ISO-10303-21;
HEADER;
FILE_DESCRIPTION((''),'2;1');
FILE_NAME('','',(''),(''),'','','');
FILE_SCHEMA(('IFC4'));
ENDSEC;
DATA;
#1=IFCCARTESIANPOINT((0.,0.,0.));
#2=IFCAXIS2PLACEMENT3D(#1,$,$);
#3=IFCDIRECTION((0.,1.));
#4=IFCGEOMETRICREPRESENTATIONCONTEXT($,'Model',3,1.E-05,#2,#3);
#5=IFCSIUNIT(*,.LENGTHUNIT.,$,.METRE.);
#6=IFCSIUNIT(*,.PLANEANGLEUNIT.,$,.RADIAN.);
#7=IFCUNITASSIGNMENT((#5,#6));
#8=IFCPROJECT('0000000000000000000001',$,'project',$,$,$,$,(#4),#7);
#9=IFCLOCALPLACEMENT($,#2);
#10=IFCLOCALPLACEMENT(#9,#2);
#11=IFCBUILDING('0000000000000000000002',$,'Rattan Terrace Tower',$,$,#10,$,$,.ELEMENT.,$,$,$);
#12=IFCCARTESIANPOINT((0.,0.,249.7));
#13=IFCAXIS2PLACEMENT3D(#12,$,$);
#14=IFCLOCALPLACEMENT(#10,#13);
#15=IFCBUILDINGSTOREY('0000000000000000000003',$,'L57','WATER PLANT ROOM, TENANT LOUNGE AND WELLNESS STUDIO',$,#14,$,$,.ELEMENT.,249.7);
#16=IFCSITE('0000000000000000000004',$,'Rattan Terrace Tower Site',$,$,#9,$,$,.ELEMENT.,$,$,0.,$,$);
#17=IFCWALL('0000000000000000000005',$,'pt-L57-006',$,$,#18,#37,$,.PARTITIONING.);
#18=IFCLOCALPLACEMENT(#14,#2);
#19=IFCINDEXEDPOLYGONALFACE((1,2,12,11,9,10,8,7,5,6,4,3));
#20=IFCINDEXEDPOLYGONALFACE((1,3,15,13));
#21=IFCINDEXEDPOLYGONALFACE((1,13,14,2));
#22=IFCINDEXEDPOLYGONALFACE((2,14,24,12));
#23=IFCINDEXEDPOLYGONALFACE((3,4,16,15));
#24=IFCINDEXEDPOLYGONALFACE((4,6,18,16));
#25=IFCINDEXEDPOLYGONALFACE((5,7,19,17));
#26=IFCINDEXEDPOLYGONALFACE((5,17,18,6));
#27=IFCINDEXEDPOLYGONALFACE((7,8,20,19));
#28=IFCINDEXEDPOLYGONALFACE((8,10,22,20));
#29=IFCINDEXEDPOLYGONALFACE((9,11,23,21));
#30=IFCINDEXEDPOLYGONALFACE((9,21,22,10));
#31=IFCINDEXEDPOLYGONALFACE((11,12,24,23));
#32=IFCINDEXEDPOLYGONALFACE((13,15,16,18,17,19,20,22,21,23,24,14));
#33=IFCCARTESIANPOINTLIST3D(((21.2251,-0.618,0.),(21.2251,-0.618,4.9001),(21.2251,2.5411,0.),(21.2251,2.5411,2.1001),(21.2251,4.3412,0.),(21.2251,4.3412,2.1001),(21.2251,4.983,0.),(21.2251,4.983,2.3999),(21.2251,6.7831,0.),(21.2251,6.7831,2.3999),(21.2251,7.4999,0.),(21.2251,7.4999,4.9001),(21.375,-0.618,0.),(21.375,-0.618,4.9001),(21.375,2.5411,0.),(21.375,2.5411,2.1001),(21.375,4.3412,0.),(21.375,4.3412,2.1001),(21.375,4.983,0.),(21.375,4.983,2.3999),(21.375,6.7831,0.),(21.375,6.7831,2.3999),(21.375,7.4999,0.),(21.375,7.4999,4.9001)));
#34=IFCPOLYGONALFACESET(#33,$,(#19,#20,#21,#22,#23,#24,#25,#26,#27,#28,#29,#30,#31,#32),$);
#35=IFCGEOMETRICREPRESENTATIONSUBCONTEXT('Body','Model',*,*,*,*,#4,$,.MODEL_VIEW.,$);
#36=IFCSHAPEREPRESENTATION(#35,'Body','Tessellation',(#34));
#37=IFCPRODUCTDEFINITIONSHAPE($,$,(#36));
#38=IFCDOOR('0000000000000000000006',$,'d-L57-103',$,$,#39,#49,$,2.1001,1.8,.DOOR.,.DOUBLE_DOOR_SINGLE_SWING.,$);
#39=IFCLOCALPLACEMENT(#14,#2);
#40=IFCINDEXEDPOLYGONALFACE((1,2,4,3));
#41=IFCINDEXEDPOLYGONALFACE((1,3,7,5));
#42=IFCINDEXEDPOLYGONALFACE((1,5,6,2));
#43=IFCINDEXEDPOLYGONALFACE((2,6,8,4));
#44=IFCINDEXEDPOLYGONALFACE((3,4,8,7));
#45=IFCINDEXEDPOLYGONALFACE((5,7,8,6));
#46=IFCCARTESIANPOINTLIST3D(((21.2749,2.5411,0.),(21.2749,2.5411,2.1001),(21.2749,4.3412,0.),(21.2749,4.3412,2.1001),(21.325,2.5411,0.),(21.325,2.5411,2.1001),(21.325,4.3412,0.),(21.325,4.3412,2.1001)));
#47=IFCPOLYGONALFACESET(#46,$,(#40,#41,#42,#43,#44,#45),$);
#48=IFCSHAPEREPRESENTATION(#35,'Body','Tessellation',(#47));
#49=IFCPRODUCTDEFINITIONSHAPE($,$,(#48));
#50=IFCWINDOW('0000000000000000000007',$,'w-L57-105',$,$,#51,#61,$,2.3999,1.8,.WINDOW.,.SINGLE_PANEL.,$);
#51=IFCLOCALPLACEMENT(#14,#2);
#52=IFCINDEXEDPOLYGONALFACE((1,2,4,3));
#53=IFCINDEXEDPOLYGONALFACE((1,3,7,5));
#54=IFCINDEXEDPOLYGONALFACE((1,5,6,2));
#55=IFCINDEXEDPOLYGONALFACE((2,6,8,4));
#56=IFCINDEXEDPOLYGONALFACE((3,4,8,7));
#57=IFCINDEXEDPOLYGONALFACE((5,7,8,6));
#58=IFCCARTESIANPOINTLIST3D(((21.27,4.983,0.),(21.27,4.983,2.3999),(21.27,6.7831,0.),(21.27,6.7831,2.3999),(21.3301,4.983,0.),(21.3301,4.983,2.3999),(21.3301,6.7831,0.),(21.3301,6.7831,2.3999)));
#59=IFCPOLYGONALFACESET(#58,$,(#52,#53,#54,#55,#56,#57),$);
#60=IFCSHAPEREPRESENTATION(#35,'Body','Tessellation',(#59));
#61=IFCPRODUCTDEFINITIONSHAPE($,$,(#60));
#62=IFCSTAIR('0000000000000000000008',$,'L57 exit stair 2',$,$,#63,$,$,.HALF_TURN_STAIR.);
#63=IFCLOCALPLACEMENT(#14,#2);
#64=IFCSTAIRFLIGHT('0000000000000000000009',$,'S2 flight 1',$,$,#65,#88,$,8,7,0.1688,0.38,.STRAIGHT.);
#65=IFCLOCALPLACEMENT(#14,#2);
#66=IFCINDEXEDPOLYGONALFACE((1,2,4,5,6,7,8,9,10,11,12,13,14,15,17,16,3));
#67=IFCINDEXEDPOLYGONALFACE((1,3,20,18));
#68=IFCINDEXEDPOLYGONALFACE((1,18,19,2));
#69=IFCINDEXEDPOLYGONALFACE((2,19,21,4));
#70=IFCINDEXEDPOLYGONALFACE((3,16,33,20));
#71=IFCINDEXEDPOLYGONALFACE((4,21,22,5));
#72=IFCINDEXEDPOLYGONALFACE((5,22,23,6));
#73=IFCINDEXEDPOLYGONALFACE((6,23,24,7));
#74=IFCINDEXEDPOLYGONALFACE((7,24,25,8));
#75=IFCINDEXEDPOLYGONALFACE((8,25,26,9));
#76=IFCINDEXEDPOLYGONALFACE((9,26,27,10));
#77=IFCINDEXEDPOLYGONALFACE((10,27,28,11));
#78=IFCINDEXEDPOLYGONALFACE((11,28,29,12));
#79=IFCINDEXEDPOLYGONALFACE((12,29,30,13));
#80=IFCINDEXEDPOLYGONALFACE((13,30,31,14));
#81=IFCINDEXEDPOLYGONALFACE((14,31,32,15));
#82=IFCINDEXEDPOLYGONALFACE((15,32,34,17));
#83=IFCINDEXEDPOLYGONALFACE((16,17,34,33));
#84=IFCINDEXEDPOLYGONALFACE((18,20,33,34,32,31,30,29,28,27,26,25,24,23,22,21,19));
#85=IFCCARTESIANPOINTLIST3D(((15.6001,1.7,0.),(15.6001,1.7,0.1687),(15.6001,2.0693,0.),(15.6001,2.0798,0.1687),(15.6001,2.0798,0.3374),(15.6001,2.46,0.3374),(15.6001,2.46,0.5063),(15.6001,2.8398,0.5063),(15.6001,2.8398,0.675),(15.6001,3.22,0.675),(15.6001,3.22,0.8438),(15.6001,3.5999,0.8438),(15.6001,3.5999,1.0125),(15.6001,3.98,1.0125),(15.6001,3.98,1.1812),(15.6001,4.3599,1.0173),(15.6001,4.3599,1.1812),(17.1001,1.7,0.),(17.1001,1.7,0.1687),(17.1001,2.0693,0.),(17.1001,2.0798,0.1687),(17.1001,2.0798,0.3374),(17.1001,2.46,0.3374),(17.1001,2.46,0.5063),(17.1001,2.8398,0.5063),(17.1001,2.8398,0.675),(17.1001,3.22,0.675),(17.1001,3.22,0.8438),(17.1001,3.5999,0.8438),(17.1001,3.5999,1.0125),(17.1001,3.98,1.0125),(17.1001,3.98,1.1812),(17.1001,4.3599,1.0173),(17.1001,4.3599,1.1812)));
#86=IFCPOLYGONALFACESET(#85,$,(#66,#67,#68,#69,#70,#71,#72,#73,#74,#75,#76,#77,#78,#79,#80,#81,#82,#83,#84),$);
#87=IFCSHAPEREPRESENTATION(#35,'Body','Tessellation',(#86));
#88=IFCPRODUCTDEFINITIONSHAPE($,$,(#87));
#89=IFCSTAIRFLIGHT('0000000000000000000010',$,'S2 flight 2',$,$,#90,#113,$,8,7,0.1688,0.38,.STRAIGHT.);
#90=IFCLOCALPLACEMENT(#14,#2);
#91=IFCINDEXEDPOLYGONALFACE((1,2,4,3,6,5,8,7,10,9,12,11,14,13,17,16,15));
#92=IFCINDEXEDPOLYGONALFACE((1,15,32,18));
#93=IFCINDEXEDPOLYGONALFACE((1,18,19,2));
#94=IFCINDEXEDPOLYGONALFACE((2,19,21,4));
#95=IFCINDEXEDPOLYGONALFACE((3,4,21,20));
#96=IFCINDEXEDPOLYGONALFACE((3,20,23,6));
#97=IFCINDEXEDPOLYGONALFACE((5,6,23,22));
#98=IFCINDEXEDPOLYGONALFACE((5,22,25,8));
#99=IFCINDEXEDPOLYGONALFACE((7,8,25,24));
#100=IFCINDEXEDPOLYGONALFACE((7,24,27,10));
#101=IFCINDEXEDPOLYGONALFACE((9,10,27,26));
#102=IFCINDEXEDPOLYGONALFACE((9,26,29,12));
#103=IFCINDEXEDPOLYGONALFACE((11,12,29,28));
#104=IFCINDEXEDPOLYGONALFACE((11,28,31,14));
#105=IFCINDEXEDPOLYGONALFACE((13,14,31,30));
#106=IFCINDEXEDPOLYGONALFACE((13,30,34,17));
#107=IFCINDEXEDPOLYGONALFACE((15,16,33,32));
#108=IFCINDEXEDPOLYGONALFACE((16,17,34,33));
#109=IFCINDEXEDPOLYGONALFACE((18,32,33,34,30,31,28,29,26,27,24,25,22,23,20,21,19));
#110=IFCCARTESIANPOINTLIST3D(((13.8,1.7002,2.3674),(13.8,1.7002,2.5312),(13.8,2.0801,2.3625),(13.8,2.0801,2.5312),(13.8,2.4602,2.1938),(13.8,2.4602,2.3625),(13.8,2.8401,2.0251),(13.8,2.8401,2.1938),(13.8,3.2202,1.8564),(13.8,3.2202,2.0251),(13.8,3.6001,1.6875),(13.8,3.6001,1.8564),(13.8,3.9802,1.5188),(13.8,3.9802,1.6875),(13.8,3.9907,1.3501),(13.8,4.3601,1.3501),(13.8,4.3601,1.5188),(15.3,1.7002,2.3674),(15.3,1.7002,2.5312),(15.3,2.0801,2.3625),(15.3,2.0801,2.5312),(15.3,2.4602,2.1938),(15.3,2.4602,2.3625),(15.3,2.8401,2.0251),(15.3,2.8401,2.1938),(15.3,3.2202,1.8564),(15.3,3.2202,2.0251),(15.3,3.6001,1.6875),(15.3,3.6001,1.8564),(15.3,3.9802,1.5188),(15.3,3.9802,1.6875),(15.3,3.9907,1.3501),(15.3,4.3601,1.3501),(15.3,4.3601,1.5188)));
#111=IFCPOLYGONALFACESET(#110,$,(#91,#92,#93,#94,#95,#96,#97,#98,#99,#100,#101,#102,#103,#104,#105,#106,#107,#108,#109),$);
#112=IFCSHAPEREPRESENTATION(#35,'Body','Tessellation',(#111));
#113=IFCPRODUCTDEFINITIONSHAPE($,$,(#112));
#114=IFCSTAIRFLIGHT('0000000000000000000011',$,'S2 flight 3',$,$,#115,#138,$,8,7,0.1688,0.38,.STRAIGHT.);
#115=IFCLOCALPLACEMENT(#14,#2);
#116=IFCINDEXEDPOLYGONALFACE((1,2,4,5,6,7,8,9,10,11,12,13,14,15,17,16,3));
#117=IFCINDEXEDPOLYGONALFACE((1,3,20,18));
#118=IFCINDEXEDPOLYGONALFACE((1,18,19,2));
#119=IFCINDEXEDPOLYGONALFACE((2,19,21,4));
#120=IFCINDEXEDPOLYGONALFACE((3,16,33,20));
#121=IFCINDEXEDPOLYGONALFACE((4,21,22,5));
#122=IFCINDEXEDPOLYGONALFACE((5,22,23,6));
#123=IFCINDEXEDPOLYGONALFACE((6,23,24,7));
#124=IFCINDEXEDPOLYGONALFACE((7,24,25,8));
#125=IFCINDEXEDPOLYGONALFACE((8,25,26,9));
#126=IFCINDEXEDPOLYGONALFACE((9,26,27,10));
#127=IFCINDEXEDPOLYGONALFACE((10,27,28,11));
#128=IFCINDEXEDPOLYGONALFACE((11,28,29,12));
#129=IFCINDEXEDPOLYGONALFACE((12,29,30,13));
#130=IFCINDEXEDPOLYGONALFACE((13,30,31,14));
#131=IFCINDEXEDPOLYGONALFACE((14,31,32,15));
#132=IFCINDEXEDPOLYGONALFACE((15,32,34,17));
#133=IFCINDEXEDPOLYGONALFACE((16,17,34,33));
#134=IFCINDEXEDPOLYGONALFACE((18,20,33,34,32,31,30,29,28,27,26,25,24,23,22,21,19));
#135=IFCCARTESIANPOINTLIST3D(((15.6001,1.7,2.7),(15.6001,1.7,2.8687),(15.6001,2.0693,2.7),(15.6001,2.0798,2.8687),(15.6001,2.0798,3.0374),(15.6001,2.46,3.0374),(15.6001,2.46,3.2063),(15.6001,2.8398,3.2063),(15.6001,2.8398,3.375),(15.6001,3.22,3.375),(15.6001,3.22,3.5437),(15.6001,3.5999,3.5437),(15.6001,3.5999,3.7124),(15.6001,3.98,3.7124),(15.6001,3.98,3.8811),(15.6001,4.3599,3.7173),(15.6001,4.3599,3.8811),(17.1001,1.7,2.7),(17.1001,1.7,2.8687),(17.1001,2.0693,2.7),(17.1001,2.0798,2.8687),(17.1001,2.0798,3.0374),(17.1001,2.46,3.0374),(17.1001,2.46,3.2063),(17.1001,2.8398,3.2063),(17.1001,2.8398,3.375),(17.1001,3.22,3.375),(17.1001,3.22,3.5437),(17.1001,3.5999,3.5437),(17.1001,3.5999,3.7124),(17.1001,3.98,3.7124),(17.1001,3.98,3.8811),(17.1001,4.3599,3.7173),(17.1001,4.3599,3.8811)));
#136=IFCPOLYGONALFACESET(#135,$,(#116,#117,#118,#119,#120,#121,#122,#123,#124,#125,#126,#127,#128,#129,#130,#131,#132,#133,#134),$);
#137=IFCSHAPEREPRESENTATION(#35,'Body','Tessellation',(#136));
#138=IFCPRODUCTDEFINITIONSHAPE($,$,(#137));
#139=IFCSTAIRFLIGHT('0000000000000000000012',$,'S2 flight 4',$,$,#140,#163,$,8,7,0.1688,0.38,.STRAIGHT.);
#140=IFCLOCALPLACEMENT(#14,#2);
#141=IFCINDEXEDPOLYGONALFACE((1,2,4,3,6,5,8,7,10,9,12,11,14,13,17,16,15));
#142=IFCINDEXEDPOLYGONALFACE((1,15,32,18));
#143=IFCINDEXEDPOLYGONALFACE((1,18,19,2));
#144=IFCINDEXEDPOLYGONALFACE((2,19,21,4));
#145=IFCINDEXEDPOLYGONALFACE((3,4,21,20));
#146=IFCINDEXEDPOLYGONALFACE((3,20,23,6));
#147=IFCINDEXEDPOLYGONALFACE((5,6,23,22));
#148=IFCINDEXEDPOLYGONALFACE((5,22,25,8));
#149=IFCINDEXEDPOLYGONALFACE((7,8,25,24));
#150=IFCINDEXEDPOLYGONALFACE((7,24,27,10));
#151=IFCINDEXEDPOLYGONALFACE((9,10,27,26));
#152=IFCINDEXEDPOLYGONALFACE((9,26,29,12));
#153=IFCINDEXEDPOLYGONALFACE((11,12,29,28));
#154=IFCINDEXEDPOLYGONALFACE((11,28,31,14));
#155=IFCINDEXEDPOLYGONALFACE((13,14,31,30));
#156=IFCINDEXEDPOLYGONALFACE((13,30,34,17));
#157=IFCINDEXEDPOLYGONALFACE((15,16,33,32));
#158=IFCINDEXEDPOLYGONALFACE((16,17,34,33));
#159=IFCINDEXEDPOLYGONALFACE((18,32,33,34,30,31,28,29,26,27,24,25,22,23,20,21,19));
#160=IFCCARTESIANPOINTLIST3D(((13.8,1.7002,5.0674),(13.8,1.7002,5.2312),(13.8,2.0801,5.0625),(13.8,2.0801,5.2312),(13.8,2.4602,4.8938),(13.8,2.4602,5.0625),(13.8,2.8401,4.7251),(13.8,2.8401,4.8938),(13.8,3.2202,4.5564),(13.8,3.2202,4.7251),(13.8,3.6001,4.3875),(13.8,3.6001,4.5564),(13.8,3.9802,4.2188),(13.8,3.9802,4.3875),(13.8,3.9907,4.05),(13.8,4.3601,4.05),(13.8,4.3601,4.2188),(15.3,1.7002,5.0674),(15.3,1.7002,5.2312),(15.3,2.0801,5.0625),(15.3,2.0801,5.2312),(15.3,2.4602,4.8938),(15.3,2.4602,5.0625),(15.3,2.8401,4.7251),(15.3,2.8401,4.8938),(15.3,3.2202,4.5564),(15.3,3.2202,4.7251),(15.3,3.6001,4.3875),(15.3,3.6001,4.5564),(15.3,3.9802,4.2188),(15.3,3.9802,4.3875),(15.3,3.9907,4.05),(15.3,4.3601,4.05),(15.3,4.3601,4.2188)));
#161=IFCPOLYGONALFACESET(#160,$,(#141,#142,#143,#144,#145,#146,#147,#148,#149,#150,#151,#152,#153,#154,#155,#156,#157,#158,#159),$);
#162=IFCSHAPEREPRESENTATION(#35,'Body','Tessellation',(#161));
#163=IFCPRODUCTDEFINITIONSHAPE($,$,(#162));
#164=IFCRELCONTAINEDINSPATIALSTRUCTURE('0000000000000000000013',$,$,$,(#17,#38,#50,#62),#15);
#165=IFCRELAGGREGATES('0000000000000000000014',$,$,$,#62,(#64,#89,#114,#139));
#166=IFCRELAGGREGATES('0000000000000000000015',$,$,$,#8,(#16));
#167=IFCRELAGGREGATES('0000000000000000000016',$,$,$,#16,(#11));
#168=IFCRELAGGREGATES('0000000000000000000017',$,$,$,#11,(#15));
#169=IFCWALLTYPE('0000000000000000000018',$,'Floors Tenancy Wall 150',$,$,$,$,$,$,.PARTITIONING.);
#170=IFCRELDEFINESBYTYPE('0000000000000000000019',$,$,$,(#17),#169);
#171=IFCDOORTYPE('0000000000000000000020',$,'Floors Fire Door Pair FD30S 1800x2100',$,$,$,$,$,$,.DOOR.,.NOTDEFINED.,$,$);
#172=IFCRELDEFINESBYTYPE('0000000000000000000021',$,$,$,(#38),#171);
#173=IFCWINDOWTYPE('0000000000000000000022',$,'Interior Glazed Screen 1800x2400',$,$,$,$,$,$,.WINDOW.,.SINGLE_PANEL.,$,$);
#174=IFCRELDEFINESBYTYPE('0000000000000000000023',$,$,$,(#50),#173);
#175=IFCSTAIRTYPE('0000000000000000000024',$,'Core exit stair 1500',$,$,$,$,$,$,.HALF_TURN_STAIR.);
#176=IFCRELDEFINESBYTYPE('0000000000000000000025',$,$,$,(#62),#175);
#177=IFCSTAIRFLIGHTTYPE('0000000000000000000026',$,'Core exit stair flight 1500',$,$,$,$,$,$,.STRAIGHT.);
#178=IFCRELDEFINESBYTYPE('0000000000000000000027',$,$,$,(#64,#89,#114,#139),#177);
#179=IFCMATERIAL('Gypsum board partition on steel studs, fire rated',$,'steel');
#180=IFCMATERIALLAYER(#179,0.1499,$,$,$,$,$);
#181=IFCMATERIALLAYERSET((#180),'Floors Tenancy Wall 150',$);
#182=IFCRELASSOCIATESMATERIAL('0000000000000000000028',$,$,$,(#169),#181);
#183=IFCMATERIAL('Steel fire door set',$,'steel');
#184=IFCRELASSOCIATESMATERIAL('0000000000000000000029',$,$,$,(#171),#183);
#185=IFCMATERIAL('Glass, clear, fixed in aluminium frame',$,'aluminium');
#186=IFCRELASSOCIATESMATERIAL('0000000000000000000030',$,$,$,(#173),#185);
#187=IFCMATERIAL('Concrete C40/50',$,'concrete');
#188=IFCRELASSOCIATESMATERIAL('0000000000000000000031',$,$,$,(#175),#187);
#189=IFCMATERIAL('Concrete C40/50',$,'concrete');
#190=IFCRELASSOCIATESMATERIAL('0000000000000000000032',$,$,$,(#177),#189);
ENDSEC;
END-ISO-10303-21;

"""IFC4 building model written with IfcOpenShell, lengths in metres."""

from ifc_helpers import new_model, si_unit, direction, frame, frame_2d, origin, place, context, subcontext, project, spatial, polyline, rectangle, outline, extrude, material, layer, layer_set, type_object, element, fill, aggregate, save


model = new_model("IFC4")

# Units and contexts
model_context = context("Model", 3, precision=1e-05, world=origin(), true_north=direction((0.0, 1.0)))
body_context = subcontext(model_context, "Body", "Model", "MODEL_VIEW")
ifc_project = project(units=[si_unit("LENGTHUNIT", "METRE"), si_unit("PLANEANGLEUNIT", "RADIAN")], contexts=[model_context])

# Site, building, storey
site_placement = place(None, origin())
site = spatial("IfcSite", under=ifc_project, at=site_placement, Name="Rattan Terrace Tower Site", CompositionType="ELEMENT", RefElevation=0.0)
building_placement = place(site_placement, origin())
building = spatial("IfcBuilding", under=site, at=building_placement, Name="Rattan Terrace Tower", CompositionType="ELEMENT")
storey_placement = place(building_placement, frame((0.0, 0.0, 249.7)))
storey = spatial("IfcBuildingStorey", under=building, at=storey_placement, Name="L57", Description="WATER PLANT ROOM, TENANT LOUNGE AND WELLNESS STUDIO", CompositionType="ELEMENT", Elevation=249.7)

# Shared definitions
ifc_material_1 = material(Name="Gypsum board partition on steel studs, fire rated", Category="steel")
ifc_layer_1 = layer(ifc_material_1, 0.1499)
ifc_layer_set_1 = layer_set([ifc_layer_1], Name="Floors Tenancy Wall 150")
wall_type_1 = type_object("IfcWallType", Name="Floors Tenancy Wall 150", PredefinedType="PARTITIONING", material=ifc_layer_set_1)

# Wall, openings, door, window
wall_1_placement = place(storey_placement, frame((21.3, 7.5, 0.0), z_axis=(0.0, 0.0, 1.0), x_axis=(0.0, -1.0, 0.0)))
wall_1 = element("IfcWall", 1, at=wall_1_placement, inside=storey, type_object=wall_type_1, Name="pt-L57-006", PredefinedType="PARTITIONING", context=body_context, shape_type="SweptSolid", body=[
    extrude(rectangle(XDim=8.1179, YDim=0.1499, at=frame_2d((4.0591, 0.0))), origin(), (0.0, 0.0, 1.0), 4.9001),
])
opening_1_placement = place(wall_1_placement, frame((3.1589, 0.0, 0.0)))
opening_1 = element("IfcOpeningElement", 2, at=opening_1_placement, cuts=wall_1, PredefinedType="OPENING", context=body_context, shape_type="SweptSolid", body=[
    extrude(rectangle(XDim=1.8, YDim=2.1001, at=frame_2d((0.8999, 1.05))), frame((0.0, 0.0854, 0.0), z_axis=(0.0, -1.0, 0.0), x_axis=(1.0, 0.0, 0.0)), (0.0, 0.0, 1.0), 0.1709),
])
opening_2_placement = place(wall_1_placement, frame((0.717, 0.0, 0.0)))
opening_2 = element("IfcOpeningElement", 3, at=opening_2_placement, cuts=wall_1, PredefinedType="OPENING", context=body_context, shape_type="SweptSolid", body=[
    extrude(rectangle(XDim=1.8, YDim=2.3999, at=frame_2d((0.8999, 1.2))), frame((0.0, 0.0854, 0.0), z_axis=(0.0, -1.0, 0.0), x_axis=(1.0, 0.0, 0.0)), (0.0, 0.0, 1.0), 0.1709),
])
ifc_material_2 = material(Name="Steel fire door set", Category="steel")
door_type = type_object("IfcDoorType", Name="Floors Fire Door Pair FD30S 1800x2100", OperationType="NOTDEFINED", PredefinedType="DOOR", material=ifc_material_2)
door_placement = place(opening_1_placement, origin())
door = element("IfcDoor", 4, at=door_placement, inside=storey, type_object=door_type, Name="d-L57-103", OperationType="DOUBLE_DOOR_SINGLE_SWING", OverallHeight=2.1001, OverallWidth=1.8, PredefinedType="DOOR", context=body_context, shape_type="SweptSolid", body=[
    extrude(rectangle(XDim=1.8, YDim=2.1001, at=frame_2d((0.8999, 1.05))), frame((0.0, 0.0249, 0.0), z_axis=(0.0, -1.0, 0.0), x_axis=(1.0, 0.0, 0.0)), (0.0, 0.0, 1.0), 0.05),
])
fill(opening_1, door)
ifc_material_3 = material(Name="Glass, clear, fixed in aluminium frame", Category="aluminium")
window_type_1 = type_object("IfcWindowType", Name="Interior Glazed Screen 1800x2400", PartitioningType="SINGLE_PANEL", PredefinedType="WINDOW", material=ifc_material_3)
window_1_placement = place(opening_2_placement, origin())
window_1 = element("IfcWindow", 5, at=window_1_placement, inside=storey, type_object=window_type_1, Name="w-L57-105", OverallHeight=2.3999, OverallWidth=1.8, PartitioningType="SINGLE_PANEL", PredefinedType="WINDOW", context=body_context, shape_type="SweptSolid", body=[
    extrude(rectangle(XDim=1.8, YDim=2.3999, at=frame_2d((0.8999, 1.2))), frame((0.0, 0.03, 0.0), z_axis=(0.0, -1.0, 0.0), x_axis=(1.0, 0.0, 0.0)), (0.0, 0.0, 1.0), 0.0601),
])
fill(opening_2, window_1)

# Stair, stair flights
ifc_material_4 = material(Name="Concrete C40/50", Category="concrete")
stair_type = type_object("IfcStairType", Name="Core exit stair 1500", PredefinedType="HALF_TURN_STAIR", material=ifc_material_4)
stair_placement = place(storey_placement, origin())
stair = element("IfcStair", 6, at=stair_placement, inside=storey, type_object=stair_type, Name="L57 exit stair 2", PredefinedType="HALF_TURN_STAIR")
ifc_material_5 = material(Name="Concrete C40/50", Category="concrete")
stair_flight_type = type_object("IfcStairFlightType", Name="Core exit stair flight 1500", PredefinedType="STRAIGHT", material=ifc_material_5)
stair_flight_1_placement = place(storey_placement, frame((16.3501, 1.7, 0.0), z_axis=(0.0, 0.0, 1.0), x_axis=(0.0, 1.0, 0.0)))
stair_flight_1 = element("IfcStairFlight", 7, at=stair_flight_1_placement, type_object=stair_flight_type, Name="S2 flight 1", NumberOfRisers=8, NumberOfTreads=7, PredefinedType="STRAIGHT", RiserHeight=0.1688, TreadLength=0.38, context=body_context, shape_type="SweptSolid", body=[
    extrude(outline(polyline([(0.0, 0.0), (0.0, 0.1687), (0.3799, 0.1687), (0.3799, 0.3374), (0.76, 0.3374), (0.76, 0.5063), (1.1399, 0.5063), (1.1399, 0.675), (1.52, 0.675), (1.52, 0.8438), (1.8999, 0.8438), (1.8999, 1.0125), (2.28, 1.0125), (2.28, 1.1812), (2.6599, 1.1812), (2.6599, 1.3501), (2.6599, 1.0173), (0.3694, 0.0), (0.0, 0.0)])), frame((0.0, 0.75, 0.0), z_axis=(0.0, -1.0, 0.0), x_axis=(1.0, 0.0, 0.0)), (0.0, 0.0, 1.0), 1.5),
])
stair_flight_2_placement = place(storey_placement, frame((14.55, 4.3601, 1.3501), z_axis=(0.0, 0.0, 1.0), x_axis=(0.0, -1.0, 0.0)))
stair_flight_2 = element("IfcStairFlight", 8, at=stair_flight_2_placement, type_object=stair_flight_type, Name="S2 flight 2", NumberOfRisers=8, NumberOfTreads=7, PredefinedType="STRAIGHT", RiserHeight=0.1688, TreadLength=0.38, context=body_context, shape_type="SweptSolid", body=[
    extrude(outline(polyline([(0.0, 0.0), (0.0, 0.1687), (0.3799, 0.1687), (0.3799, 0.3374), (0.76, 0.3374), (0.76, 0.5063), (1.1399, 0.5063), (1.1399, 0.675), (1.52, 0.675), (1.52, 0.8438), (1.8999, 0.8438), (1.8999, 1.0125), (2.28, 1.0125), (2.28, 1.1812), (2.6599, 1.1812), (2.6599, 1.3501), (2.6599, 1.0173), (0.3694, 0.0), (0.0, 0.0)])), frame((0.0, 0.75, 0.0), z_axis=(0.0, -1.0, 0.0), x_axis=(1.0, 0.0, 0.0)), (0.0, 0.0, 1.0), 1.5),
])
stair_flight_3_placement = place(storey_placement, frame((16.3501, 1.7, 2.7), z_axis=(0.0, 0.0, 1.0), x_axis=(0.0, 1.0, 0.0)))
stair_flight_3 = element("IfcStairFlight", 9, at=stair_flight_3_placement, type_object=stair_flight_type, Name="S2 flight 3", NumberOfRisers=8, NumberOfTreads=7, PredefinedType="STRAIGHT", RiserHeight=0.1688, TreadLength=0.38, context=body_context, shape_type="SweptSolid", body=[
    extrude(outline(polyline([(0.0, 0.0), (0.0, 0.1687), (0.3799, 0.1687), (0.3799, 0.3374), (0.76, 0.3374), (0.76, 0.5063), (1.1399, 0.5063), (1.1399, 0.675), (1.52, 0.675), (1.52, 0.8438), (1.8999, 0.8438), (1.8999, 1.0125), (2.28, 1.0125), (2.28, 1.1812), (2.6599, 1.1812), (2.6599, 1.3501), (2.6599, 1.0173), (0.3694, 0.0), (0.0, 0.0)])), frame((0.0, 0.75, 0.0), z_axis=(0.0, -1.0, 0.0), x_axis=(1.0, 0.0, 0.0)), (0.0, 0.0, 1.0), 1.5),
])
stair_flight_4_placement = place(storey_placement, frame((14.55, 4.3601, 4.05), z_axis=(0.0, 0.0, 1.0), x_axis=(0.0, -1.0, 0.0)))
stair_flight_4 = element("IfcStairFlight", 10, at=stair_flight_4_placement, type_object=stair_flight_type, Name="S2 flight 4", NumberOfRisers=8, NumberOfTreads=7, PredefinedType="STRAIGHT", RiserHeight=0.1688, TreadLength=0.38, context=body_context, shape_type="SweptSolid", body=[
    extrude(outline(polyline([(0.0, 0.0), (0.0, 0.1687), (0.3799, 0.1687), (0.3799, 0.3374), (0.76, 0.3374), (0.76, 0.5063), (1.1399, 0.5063), (1.1399, 0.675), (1.52, 0.675), (1.52, 0.8438), (1.8999, 0.8438), (1.8999, 1.0125), (2.28, 1.0125), (2.28, 1.1812), (2.6599, 1.1812), (2.6599, 1.3501), (2.6599, 1.0173), (0.3694, 0.0), (0.0, 0.0)])), frame((0.0, 0.75, 0.0), z_axis=(0.0, -1.0, 0.0), x_axis=(1.0, 0.0, 0.0)), (0.0, 0.0, 1.0), 1.5),
])
aggregate(stair, [stair_flight_1, stair_flight_2, stair_flight_3, stair_flight_4])

save(model, "model.ifc")
